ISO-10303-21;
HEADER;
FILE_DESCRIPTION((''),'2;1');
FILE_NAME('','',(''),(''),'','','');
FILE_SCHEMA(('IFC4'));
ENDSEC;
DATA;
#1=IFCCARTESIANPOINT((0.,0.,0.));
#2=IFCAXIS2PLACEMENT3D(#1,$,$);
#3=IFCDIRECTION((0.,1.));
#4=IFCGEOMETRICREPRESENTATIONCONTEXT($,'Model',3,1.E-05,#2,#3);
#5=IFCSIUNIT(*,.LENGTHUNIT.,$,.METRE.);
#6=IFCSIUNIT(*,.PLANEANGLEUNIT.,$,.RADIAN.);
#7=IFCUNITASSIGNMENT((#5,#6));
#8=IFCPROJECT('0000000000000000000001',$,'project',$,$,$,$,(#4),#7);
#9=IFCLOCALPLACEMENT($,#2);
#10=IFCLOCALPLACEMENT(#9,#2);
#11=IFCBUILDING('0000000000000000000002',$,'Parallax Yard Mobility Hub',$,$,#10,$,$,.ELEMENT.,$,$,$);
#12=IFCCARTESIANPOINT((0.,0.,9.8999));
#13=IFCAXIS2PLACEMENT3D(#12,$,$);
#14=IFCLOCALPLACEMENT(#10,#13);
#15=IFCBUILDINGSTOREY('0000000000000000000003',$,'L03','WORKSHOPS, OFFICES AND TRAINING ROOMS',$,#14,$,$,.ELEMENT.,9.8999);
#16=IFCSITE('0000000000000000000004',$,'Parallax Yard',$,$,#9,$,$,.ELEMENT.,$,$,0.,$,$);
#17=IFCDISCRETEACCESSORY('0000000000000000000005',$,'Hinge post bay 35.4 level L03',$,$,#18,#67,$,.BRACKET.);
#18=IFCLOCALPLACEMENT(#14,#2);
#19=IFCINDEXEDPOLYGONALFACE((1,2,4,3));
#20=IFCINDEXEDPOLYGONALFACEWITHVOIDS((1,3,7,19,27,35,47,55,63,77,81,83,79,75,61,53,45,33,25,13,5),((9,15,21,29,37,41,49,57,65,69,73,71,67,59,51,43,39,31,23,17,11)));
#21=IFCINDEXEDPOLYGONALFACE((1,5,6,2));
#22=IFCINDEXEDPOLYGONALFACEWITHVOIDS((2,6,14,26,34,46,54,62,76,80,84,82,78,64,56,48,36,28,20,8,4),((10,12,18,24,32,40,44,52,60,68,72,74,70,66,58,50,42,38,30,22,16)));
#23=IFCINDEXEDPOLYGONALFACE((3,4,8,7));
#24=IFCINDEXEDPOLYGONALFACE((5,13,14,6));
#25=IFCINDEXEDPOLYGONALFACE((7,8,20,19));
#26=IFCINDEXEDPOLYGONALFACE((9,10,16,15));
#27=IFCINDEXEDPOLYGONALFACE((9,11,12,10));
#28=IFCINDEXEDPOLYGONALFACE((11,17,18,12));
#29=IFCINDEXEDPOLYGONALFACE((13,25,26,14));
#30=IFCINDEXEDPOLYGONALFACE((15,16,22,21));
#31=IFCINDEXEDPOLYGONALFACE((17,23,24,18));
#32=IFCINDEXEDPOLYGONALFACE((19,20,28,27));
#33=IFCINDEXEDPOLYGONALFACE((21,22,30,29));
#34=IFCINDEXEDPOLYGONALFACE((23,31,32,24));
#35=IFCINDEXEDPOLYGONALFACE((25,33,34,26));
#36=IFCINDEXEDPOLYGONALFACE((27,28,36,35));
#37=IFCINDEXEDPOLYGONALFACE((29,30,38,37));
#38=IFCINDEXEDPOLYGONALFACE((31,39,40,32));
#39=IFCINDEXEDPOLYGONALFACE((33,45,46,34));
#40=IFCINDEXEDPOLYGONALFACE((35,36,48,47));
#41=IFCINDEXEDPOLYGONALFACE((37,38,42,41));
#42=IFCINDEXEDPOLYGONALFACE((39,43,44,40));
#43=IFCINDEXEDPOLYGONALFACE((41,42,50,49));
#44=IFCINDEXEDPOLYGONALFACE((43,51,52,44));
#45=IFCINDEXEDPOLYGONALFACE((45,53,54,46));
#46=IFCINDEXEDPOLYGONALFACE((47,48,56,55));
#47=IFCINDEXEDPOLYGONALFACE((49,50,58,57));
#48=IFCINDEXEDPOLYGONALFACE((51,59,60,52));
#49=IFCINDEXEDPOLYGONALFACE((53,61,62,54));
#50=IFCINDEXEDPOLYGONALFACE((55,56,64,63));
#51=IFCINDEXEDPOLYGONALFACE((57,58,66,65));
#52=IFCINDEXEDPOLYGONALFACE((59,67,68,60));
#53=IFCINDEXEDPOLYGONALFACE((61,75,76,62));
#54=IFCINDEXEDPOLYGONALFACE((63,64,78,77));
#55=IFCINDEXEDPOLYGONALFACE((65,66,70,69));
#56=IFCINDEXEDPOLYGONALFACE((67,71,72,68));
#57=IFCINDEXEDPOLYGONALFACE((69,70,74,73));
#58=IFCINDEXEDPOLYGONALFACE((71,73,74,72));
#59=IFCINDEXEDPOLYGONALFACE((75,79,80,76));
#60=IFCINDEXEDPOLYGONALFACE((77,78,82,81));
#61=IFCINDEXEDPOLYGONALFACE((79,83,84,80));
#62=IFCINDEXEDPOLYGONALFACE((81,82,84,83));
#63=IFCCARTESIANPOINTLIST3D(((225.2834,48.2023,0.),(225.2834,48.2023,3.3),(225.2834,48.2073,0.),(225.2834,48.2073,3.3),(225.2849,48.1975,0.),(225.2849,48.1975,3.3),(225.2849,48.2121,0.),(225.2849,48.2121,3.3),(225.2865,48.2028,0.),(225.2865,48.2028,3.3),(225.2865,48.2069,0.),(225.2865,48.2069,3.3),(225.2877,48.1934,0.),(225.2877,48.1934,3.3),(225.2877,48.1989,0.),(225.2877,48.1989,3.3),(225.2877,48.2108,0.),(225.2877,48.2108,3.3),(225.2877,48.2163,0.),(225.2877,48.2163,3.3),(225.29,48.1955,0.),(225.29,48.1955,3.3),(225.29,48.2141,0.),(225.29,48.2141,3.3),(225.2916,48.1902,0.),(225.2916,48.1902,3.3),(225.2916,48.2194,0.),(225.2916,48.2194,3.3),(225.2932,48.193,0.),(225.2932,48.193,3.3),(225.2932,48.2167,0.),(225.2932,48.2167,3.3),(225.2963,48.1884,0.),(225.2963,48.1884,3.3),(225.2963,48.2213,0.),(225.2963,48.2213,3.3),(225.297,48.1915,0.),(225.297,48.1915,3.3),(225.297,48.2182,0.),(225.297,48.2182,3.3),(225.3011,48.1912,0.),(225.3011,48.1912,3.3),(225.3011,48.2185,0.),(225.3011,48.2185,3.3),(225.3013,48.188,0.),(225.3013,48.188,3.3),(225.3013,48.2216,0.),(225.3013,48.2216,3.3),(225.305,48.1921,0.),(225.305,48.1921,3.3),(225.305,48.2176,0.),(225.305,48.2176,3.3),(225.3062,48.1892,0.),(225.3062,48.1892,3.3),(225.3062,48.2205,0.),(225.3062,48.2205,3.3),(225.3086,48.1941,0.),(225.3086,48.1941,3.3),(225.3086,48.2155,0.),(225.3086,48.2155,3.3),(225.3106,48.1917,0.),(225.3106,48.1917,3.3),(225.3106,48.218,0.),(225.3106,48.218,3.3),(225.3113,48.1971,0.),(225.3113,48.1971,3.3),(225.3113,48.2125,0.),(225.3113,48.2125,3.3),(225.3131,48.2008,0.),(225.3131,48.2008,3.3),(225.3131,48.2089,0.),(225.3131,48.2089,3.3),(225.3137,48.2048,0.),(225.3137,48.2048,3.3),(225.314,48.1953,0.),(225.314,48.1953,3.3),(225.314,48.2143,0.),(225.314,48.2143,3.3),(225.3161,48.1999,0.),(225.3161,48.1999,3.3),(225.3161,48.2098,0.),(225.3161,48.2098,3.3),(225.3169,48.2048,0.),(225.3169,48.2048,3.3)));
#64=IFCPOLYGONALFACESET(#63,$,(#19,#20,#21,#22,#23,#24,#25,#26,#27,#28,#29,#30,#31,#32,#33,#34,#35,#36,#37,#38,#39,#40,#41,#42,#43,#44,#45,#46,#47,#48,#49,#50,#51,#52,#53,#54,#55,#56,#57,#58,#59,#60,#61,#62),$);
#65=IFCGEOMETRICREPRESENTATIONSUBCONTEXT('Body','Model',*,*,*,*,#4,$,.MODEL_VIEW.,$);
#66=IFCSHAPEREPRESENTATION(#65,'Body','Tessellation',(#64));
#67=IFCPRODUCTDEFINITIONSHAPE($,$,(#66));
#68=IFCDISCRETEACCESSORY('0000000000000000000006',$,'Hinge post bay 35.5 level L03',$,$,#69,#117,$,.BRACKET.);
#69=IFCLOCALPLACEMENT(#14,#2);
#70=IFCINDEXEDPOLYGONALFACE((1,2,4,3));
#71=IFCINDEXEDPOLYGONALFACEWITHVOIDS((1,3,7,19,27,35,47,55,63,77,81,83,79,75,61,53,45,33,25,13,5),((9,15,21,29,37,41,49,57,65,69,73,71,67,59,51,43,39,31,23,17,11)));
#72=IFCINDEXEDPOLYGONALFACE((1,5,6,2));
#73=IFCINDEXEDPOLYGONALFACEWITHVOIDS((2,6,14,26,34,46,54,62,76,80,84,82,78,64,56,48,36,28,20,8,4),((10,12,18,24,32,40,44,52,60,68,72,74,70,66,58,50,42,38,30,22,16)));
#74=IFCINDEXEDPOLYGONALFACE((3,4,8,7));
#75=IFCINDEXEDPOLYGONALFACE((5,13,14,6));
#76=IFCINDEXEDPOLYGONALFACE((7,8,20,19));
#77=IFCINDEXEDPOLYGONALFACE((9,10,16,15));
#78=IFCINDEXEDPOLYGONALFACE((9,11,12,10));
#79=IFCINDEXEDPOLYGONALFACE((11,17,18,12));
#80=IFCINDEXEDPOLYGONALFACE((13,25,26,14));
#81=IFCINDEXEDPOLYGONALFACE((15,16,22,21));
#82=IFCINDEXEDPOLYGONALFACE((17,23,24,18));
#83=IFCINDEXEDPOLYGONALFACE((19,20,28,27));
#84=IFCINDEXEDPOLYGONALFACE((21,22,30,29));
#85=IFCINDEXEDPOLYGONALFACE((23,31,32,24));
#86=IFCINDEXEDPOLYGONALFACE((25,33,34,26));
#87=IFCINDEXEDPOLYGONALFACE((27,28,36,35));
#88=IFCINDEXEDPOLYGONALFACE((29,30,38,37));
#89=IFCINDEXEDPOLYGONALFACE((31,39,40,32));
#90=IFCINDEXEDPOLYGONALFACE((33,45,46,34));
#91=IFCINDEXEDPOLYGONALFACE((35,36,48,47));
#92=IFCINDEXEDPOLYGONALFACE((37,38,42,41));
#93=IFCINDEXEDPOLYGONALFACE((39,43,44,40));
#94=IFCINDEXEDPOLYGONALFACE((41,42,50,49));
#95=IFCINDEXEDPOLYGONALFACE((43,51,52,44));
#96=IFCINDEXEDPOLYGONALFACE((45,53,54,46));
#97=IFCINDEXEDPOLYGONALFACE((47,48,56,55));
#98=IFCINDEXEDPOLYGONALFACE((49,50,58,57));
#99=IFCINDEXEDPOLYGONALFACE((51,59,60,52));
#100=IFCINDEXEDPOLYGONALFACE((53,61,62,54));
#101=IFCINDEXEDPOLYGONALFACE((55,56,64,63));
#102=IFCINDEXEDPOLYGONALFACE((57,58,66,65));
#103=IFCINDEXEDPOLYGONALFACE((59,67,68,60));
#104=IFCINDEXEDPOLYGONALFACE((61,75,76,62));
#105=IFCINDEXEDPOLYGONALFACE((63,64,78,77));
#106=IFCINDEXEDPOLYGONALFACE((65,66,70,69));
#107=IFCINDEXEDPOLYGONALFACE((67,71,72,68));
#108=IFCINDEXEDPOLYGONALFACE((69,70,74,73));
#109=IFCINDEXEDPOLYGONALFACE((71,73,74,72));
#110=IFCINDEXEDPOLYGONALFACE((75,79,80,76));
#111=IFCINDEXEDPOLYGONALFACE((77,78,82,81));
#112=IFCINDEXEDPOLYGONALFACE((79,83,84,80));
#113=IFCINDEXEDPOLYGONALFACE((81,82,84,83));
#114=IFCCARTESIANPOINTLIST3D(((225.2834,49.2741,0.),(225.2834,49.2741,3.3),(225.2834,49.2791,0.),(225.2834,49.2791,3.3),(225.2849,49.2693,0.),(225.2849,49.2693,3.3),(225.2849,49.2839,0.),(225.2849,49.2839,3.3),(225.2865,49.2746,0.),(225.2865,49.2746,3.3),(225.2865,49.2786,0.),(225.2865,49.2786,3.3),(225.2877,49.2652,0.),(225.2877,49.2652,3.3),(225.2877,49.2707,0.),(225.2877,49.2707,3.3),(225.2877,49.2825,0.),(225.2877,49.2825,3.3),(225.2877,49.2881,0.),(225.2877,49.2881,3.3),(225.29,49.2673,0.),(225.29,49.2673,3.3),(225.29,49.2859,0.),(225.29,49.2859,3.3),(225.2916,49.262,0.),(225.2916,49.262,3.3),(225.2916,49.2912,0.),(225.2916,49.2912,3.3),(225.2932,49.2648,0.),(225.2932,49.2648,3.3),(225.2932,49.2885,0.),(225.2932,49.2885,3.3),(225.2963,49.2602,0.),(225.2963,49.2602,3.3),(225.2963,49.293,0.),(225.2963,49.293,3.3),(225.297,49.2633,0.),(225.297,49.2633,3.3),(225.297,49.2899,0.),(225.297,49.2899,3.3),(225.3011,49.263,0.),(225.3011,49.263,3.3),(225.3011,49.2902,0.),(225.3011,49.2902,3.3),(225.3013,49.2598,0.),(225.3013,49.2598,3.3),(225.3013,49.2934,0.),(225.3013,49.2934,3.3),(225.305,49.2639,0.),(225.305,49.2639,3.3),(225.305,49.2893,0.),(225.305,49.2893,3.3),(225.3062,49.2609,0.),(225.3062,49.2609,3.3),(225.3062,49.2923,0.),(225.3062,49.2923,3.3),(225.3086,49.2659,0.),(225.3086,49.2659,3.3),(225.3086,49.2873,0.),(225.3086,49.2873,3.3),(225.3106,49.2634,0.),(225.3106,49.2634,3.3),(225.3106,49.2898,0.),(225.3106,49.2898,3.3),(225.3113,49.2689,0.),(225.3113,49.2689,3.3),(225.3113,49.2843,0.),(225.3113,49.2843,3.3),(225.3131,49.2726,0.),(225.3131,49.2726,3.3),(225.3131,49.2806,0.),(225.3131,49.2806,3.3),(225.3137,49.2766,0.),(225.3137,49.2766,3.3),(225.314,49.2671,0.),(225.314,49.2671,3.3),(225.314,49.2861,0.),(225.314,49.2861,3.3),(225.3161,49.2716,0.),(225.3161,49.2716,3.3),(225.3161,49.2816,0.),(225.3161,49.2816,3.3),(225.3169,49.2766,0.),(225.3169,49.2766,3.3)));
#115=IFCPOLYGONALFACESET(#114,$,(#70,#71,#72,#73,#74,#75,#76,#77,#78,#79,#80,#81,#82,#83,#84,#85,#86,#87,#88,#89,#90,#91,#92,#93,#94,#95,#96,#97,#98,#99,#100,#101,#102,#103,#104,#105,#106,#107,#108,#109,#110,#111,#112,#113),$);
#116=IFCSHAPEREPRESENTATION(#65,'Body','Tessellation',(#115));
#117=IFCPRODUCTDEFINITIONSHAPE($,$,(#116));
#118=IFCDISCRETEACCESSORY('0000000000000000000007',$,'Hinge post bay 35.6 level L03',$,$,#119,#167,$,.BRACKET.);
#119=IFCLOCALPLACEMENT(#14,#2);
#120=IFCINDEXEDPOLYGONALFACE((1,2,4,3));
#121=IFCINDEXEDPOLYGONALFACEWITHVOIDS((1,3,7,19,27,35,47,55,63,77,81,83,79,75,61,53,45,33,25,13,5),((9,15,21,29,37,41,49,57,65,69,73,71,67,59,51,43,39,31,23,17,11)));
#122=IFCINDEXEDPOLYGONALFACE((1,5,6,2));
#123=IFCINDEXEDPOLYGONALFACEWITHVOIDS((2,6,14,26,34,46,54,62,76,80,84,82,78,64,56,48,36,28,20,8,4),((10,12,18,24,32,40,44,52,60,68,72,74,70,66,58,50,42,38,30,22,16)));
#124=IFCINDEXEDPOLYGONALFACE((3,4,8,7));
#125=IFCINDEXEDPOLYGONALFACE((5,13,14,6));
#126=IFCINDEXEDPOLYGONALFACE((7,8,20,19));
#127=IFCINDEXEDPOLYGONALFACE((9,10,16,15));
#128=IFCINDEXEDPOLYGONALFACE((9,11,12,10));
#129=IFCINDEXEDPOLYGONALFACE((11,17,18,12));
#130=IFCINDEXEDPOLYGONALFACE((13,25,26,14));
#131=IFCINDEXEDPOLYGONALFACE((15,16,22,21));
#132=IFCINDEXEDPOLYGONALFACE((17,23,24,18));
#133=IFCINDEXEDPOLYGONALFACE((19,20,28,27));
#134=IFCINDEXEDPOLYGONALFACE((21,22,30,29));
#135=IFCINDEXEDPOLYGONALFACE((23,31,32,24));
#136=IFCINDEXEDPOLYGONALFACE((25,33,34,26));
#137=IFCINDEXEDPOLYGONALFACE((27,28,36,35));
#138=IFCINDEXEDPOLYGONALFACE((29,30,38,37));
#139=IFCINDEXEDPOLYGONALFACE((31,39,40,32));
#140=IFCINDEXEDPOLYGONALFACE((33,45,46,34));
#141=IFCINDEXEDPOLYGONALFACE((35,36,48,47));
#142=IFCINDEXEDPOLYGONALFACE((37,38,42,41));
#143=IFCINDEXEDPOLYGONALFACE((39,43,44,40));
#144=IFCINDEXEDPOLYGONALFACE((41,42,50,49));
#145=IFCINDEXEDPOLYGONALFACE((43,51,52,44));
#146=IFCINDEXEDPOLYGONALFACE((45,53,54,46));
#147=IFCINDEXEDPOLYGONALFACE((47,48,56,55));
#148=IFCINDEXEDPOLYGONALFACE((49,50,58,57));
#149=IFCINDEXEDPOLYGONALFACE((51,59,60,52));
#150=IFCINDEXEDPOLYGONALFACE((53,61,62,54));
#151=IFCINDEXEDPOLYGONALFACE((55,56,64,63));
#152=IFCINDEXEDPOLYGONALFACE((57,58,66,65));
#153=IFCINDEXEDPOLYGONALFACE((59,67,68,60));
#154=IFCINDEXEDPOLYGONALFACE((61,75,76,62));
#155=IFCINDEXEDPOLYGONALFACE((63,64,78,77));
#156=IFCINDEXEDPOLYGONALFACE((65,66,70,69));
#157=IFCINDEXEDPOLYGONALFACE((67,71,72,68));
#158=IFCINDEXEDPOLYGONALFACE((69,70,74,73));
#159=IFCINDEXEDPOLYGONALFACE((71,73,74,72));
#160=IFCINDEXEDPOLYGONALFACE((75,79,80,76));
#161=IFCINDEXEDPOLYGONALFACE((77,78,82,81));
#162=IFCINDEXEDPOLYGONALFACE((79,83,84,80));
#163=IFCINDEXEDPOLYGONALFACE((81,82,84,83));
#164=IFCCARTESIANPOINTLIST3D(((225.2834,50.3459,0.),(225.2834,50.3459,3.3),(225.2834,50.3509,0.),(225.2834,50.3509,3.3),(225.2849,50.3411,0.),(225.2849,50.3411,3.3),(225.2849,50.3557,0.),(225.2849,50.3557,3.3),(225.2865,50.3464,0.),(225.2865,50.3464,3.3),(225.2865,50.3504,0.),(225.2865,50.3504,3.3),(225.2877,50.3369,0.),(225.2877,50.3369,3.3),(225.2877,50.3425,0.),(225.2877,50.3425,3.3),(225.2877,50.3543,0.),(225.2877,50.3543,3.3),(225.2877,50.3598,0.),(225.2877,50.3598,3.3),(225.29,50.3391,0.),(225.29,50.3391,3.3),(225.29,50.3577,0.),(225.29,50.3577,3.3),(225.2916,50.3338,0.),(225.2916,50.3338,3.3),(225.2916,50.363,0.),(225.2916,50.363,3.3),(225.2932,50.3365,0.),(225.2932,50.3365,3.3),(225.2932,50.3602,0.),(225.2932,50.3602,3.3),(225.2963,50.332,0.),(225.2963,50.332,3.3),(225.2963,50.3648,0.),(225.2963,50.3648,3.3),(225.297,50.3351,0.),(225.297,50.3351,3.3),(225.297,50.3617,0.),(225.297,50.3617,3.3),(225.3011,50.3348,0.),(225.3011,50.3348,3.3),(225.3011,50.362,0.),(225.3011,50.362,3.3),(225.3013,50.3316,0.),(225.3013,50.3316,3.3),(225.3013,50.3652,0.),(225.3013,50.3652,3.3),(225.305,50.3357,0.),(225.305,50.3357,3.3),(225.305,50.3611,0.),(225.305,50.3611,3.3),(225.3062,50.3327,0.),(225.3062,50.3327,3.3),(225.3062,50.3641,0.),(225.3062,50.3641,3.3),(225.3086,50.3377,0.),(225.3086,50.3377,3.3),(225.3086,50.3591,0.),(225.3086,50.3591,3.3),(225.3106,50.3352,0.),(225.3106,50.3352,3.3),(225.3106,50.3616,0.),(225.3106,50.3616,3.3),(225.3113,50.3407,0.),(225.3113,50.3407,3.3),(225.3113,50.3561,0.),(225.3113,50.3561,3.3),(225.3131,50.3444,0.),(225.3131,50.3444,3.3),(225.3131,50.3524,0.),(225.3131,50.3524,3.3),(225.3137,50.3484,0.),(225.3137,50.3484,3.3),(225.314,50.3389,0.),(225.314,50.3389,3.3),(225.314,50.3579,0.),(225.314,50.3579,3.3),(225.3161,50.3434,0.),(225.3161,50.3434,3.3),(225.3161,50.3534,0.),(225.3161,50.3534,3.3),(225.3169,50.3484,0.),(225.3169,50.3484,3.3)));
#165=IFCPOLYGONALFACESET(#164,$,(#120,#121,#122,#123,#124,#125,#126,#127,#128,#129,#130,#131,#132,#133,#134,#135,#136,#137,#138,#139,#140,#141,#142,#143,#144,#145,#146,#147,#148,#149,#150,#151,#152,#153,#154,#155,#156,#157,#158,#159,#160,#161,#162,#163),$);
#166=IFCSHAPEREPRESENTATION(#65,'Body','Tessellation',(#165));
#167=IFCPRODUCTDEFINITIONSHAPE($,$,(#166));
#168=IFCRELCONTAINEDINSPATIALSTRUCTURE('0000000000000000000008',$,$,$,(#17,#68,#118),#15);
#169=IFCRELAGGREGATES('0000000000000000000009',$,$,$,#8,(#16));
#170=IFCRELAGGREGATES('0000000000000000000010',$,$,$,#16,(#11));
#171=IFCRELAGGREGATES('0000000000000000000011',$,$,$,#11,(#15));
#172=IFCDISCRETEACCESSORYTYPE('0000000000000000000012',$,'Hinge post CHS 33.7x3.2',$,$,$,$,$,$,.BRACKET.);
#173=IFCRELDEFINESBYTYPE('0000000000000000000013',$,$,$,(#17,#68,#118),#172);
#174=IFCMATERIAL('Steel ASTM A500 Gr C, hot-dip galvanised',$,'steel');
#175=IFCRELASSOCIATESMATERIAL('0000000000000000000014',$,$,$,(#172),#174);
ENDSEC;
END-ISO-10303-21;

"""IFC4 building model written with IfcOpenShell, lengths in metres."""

from ifc_helpers import new_model, si_unit, direction, frame, origin, origin_2d, place, context, subcontext, project, spatial, hollow_circle, extrude, material, material_profile, profile_set, type_object, element, save


model = new_model("IFC4")

# Units and contexts
model_context = context("Model", 3, precision=1e-05, world=origin(), true_north=direction((0.0, 1.0)))
body_context = subcontext(model_context, "Body", "Model", "MODEL_VIEW")
ifc_project = project(units=[si_unit("LENGTHUNIT", "METRE"), si_unit("PLANEANGLEUNIT", "RADIAN")], contexts=[model_context])

# Site, building, storey
site_placement = place(None, origin())
site = spatial("IfcSite", under=ifc_project, at=site_placement, Name="Parallax Yard", CompositionType="ELEMENT", RefElevation=0.0)
building_placement = place(site_placement, origin())
building = spatial("IfcBuilding", under=site, at=building_placement, Name="Parallax Yard Mobility Hub", CompositionType="ELEMENT")
storey_placement = place(building_placement, frame((0.0, 0.0, 9.8999)))
storey = spatial("IfcBuildingStorey", under=building, at=storey_placement, Name="L03", Description="WORKSHOPS, OFFICES AND TRAINING ROOMS", CompositionType="ELEMENT", Elevation=9.8999)

# Discrete accessories
ifc_material_1 = material(Name="Steel ASTM A500 Gr C, hot-dip galvanised", Category="steel")
ifc_material_profile_1 = material_profile(ifc_material_1, hollow_circle(Radius=0.0168, WallThickness=0.0032, at=origin_2d()), Name="CHS 33.7x3.2")
ifc_profile_set_1 = profile_set([ifc_material_profile_1], Name="Steel ASTM A500 Gr C, hot-dip galvanised")
discrete_accessory_type_1 = type_object("IfcDiscreteAccessoryType", Name="Hinge post CHS 33.7x3.2", PredefinedType="BRACKET", material=ifc_profile_set_1)
for number, where, z_axis, x_axis, name in (
    (1, (225.3, 48.2048, 0.0), (0.0, 0.0, 1.0), (1.0, 0.0, 0.0), "Hinge post bay 35.4 level L03"),
    (2, (225.3, 49.2766, 0.0), (0.0, 0.0, 1.0), (1.0, 0.0, 0.0), "Hinge post bay 35.5 level L03"),
    (3, (225.3, 50.3484, 0.0), (0.0, 0.0, 1.0), (1.0, 0.0, 0.0), "Hinge post bay 35.6 level L03"),
):
    element("IfcDiscreteAccessory", number, at=place(storey_placement, frame(where, z_axis=z_axis, x_axis=x_axis)), inside=storey, type_object=discrete_accessory_type_1, Name=name, PredefinedType="BRACKET", context=body_context, shape_type="SweptSolid", body=[
        extrude(hollow_circle(Radius=0.0168, WallThickness=0.0032, at=origin_2d()), origin(), (0.0, 0.0, 1.0), 3.3),
    ])

save(model, "model.ifc")
